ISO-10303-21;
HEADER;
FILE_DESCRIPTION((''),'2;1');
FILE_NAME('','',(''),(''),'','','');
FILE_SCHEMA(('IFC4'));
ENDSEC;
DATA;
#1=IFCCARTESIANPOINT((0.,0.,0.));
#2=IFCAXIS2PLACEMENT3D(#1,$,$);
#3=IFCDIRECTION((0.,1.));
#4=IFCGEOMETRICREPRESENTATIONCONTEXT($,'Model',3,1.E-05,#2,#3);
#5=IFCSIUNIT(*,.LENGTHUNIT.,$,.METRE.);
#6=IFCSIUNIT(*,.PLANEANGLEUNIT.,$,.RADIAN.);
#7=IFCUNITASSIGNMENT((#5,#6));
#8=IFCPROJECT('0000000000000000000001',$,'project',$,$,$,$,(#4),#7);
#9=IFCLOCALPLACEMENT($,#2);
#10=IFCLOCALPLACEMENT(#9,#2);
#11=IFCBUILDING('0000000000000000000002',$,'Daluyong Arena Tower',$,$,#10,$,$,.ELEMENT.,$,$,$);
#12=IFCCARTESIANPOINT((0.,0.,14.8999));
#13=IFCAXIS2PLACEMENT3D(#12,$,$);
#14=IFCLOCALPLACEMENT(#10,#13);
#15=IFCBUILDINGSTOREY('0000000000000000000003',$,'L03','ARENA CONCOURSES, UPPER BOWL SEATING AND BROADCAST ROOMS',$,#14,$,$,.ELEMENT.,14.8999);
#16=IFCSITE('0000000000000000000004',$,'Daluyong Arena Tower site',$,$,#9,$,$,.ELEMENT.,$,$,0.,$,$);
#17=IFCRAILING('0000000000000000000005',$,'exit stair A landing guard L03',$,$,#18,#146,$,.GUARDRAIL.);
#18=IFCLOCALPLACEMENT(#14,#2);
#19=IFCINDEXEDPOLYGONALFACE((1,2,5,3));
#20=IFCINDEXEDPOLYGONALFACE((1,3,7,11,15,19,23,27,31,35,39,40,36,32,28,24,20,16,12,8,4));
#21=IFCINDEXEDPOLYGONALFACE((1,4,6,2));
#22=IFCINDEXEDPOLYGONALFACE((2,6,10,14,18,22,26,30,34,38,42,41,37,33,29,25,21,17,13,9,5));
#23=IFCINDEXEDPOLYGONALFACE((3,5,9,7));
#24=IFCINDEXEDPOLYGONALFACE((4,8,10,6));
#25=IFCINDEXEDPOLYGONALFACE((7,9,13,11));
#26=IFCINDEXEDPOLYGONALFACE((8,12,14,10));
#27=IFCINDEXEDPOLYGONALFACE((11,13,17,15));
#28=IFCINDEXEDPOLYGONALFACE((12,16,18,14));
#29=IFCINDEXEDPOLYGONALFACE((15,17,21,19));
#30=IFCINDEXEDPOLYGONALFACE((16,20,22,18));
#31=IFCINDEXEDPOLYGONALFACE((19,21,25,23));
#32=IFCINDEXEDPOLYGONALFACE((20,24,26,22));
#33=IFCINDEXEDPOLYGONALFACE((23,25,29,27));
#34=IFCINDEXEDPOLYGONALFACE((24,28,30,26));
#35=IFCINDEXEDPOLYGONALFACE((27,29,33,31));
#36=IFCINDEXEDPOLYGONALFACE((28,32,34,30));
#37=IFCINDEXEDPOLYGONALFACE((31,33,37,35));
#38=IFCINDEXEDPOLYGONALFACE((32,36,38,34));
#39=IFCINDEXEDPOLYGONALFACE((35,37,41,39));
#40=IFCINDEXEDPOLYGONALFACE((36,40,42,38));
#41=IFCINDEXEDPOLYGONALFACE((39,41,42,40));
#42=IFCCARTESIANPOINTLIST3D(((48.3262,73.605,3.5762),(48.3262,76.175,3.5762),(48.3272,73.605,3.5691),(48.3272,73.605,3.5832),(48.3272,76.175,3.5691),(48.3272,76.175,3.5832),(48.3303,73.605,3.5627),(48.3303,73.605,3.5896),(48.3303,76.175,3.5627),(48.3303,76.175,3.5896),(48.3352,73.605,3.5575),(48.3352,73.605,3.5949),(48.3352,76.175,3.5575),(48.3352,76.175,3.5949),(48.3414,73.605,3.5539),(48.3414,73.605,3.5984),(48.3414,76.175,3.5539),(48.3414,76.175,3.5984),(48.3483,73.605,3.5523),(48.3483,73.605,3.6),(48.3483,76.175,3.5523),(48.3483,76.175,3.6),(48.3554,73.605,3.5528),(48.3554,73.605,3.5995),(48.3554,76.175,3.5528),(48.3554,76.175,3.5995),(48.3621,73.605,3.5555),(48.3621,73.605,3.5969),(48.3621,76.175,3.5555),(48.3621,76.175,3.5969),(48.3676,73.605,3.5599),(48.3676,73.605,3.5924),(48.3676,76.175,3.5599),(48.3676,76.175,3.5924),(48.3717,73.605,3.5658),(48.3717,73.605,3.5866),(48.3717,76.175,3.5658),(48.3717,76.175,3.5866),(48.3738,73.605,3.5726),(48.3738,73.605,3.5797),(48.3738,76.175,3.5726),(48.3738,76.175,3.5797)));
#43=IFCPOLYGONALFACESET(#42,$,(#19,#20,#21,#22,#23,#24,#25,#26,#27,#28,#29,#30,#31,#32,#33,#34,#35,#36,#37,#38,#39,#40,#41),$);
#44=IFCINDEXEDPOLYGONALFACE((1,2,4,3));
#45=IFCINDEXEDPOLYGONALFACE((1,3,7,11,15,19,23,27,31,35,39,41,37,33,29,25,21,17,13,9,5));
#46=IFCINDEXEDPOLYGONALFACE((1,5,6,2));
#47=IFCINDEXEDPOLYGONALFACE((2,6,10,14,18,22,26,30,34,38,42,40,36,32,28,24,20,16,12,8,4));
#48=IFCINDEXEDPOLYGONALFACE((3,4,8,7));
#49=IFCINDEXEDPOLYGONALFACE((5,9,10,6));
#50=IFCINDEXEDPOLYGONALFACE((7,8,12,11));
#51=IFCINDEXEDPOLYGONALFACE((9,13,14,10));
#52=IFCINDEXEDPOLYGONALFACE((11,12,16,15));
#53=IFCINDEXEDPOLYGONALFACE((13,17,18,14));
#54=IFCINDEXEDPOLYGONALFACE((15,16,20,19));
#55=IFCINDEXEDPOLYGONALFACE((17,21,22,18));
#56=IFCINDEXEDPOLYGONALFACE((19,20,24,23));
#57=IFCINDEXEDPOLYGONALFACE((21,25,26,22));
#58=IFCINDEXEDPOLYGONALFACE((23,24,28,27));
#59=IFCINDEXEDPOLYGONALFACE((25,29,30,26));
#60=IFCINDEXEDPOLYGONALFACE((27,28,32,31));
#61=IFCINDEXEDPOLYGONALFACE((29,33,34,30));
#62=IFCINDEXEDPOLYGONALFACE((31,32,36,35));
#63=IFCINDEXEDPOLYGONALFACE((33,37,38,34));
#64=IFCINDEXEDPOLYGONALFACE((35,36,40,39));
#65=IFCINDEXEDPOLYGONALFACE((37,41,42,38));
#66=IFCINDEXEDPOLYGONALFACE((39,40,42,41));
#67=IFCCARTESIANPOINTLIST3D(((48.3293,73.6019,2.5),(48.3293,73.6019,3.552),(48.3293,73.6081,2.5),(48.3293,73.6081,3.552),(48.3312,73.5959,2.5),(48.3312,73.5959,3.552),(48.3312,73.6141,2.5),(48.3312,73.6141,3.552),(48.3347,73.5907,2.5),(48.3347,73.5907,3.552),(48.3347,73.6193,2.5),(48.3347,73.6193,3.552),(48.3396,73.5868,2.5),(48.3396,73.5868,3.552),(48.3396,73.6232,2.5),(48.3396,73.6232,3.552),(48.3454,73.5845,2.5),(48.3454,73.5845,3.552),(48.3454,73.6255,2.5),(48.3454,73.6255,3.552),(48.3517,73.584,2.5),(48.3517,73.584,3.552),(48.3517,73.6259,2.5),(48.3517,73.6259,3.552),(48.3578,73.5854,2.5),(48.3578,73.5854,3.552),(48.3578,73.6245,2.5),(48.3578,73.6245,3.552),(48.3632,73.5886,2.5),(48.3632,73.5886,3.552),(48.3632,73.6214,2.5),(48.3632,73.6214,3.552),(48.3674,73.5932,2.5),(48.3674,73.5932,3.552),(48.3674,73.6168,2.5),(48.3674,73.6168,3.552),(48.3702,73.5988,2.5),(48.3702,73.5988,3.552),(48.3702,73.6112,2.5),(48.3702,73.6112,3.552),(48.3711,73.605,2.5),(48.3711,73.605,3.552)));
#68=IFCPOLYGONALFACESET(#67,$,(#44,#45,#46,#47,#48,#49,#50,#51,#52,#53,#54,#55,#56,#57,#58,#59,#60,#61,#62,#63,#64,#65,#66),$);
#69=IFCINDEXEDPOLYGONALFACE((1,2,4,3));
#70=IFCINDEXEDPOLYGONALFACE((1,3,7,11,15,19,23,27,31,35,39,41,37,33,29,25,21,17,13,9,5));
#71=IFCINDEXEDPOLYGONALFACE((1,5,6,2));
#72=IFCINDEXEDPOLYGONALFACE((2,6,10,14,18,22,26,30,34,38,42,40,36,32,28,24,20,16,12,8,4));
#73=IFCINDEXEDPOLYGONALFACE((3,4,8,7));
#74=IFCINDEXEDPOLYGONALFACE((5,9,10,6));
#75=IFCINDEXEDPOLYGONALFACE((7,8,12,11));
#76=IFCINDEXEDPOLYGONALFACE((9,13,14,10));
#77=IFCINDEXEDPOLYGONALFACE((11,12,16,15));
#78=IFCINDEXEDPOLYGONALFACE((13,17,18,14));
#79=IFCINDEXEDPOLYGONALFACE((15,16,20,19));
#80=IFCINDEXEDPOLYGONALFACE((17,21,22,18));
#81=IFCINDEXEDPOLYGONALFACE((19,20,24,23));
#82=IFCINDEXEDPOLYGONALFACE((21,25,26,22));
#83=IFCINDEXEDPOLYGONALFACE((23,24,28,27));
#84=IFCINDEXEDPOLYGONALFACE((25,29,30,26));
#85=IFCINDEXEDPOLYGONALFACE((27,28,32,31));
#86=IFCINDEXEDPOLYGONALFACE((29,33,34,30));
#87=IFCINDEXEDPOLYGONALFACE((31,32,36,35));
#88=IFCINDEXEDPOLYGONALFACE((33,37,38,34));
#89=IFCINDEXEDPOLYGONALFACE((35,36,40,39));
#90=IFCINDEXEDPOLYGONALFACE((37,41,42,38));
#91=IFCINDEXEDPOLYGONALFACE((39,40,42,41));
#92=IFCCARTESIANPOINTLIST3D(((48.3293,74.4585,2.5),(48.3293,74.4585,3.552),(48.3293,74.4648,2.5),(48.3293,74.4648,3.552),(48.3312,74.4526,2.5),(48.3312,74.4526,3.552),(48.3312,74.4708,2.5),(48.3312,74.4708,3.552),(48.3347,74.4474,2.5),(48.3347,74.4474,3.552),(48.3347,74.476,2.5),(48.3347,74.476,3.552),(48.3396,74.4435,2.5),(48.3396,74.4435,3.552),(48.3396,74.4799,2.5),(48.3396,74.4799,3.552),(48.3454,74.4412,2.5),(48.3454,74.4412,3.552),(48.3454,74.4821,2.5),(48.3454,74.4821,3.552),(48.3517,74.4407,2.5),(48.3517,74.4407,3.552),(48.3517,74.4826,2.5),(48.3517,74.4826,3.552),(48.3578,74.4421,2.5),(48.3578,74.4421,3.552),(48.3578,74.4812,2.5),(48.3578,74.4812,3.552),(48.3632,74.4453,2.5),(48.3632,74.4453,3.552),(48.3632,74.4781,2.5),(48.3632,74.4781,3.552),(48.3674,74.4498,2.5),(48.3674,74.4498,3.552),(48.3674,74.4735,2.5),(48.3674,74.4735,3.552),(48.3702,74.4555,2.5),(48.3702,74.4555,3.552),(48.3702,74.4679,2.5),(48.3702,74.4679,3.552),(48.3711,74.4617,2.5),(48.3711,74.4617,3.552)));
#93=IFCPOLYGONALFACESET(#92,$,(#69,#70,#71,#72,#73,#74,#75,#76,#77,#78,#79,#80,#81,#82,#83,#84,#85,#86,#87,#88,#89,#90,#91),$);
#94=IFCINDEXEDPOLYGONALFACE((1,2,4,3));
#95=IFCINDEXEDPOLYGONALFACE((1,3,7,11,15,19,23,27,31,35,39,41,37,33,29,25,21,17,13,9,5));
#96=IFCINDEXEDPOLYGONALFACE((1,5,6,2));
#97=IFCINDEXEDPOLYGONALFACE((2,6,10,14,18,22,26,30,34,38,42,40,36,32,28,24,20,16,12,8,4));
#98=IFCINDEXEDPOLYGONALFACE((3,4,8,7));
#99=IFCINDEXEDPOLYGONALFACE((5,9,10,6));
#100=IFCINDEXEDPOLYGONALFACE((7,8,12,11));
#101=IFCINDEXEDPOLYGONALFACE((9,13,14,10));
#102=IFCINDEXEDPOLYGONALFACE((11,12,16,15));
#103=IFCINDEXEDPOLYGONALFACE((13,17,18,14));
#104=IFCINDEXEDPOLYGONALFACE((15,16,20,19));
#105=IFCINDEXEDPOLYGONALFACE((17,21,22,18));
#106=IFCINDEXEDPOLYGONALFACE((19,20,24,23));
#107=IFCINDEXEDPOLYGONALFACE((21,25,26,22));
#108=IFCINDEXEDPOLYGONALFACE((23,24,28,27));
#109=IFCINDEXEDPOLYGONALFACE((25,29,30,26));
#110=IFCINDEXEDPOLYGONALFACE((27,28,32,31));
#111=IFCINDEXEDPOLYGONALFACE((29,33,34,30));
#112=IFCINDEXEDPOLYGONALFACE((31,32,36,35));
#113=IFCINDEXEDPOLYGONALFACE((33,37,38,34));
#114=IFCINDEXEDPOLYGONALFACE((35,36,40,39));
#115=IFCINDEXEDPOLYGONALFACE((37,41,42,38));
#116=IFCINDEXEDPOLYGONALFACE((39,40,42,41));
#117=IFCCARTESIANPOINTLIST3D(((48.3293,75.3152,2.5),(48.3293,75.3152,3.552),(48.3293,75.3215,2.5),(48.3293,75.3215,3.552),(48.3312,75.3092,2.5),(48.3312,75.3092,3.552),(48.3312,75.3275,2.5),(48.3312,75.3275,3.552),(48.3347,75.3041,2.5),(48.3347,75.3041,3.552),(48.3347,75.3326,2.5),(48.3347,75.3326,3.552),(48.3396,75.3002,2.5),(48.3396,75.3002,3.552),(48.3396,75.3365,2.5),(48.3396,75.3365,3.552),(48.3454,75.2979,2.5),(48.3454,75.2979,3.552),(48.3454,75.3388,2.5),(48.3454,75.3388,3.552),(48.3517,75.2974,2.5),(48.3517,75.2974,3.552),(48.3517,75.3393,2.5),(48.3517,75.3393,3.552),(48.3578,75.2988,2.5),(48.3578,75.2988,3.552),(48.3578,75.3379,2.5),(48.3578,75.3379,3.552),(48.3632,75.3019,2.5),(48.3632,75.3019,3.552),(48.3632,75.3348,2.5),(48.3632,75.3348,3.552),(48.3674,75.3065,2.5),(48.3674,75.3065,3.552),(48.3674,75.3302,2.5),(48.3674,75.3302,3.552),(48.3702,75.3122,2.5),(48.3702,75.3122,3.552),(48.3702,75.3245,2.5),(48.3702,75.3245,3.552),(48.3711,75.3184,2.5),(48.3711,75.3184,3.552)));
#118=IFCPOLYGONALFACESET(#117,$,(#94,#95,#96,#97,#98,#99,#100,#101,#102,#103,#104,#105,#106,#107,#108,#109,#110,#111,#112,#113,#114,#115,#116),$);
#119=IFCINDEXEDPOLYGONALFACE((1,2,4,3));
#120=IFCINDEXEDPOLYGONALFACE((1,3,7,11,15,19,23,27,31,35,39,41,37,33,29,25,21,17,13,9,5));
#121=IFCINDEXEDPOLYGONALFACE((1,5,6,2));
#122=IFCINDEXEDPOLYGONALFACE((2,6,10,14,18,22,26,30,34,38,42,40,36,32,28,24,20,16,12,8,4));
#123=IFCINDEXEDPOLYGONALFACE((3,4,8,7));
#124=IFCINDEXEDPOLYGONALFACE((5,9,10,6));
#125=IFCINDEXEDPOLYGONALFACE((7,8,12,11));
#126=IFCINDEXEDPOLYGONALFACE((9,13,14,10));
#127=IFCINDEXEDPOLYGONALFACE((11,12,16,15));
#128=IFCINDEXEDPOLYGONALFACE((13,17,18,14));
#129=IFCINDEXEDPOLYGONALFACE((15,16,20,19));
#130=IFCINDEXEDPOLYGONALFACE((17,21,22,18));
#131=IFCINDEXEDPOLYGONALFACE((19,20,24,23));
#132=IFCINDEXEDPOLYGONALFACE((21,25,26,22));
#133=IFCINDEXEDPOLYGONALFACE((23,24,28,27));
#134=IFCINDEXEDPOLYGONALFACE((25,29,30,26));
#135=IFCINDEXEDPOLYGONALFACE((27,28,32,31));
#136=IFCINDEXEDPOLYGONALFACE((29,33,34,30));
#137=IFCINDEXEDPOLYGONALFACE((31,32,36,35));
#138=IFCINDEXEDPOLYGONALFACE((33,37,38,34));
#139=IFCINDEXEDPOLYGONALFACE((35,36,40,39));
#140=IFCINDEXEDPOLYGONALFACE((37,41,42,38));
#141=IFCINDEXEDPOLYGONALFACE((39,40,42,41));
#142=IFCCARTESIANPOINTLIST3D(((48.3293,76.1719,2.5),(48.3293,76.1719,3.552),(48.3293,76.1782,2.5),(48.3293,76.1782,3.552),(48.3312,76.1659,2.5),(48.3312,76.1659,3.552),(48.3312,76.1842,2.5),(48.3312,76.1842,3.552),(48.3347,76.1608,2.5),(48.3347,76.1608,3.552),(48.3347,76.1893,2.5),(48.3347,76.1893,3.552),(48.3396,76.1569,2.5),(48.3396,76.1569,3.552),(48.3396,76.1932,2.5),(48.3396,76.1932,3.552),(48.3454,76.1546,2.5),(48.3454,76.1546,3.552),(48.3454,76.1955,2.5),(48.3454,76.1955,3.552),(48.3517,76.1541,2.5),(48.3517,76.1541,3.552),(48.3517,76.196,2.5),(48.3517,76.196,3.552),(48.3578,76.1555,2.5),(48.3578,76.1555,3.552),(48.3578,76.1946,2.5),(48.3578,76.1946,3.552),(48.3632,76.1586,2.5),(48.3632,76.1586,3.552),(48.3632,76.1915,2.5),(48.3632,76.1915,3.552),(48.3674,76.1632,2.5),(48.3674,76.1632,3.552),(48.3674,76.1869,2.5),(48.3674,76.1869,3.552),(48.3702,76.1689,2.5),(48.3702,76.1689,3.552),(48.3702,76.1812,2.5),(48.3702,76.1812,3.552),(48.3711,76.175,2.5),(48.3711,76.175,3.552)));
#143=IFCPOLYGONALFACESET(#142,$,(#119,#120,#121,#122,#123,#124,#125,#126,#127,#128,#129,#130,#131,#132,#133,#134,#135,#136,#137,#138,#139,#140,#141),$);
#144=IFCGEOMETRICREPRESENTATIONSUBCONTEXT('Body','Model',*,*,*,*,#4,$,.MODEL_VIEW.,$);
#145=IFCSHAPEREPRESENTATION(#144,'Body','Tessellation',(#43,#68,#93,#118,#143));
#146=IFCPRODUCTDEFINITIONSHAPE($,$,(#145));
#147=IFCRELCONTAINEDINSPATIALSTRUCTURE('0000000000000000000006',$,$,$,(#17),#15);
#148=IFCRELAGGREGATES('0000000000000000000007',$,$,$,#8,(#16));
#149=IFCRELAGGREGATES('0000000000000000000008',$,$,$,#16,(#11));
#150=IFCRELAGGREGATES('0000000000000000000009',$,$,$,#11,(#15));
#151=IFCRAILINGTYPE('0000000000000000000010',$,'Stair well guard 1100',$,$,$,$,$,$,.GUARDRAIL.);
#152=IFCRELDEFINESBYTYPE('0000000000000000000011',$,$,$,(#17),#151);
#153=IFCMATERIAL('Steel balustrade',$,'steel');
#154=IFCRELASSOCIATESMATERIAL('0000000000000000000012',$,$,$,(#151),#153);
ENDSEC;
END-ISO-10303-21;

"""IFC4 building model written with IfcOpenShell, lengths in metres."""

from ifc_helpers import new_model, si_unit, direction, frame, origin, origin_2d, place, context, subcontext, project, spatial, circle, extrude, material, type_object, element, save


model = new_model("IFC4")

# Units and contexts
model_context = context("Model", 3, precision=1e-05, world=origin(), true_north=direction((0.0, 1.0)))
body_context = subcontext(model_context, "Body", "Model", "MODEL_VIEW")
ifc_project = project(units=[si_unit("LENGTHUNIT", "METRE"), si_unit("PLANEANGLEUNIT", "RADIAN")], contexts=[model_context])

# Site, building, storey
site_placement = place(None, origin())
site = spatial("IfcSite", under=ifc_project, at=site_placement, Name="Daluyong Arena Tower site", CompositionType="ELEMENT", RefElevation=0.0)
building_placement = place(site_placement, origin())
building = spatial("IfcBuilding", under=site, at=building_placement, Name="Daluyong Arena Tower", CompositionType="ELEMENT")
storey_placement = place(building_placement, frame((0.0, 0.0, 14.8999)))
storey = spatial("IfcBuildingStorey", under=building, at=storey_placement, Name="L03", Description="ARENA CONCOURSES, UPPER BOWL SEATING AND BROADCAST ROOMS", CompositionType="ELEMENT", Elevation=14.8999)

# Railing
ifc_material_1 = material(Name="Steel balustrade", Category="steel")
railing_type_1 = type_object("IfcRailingType", Name="Stair well guard 1100", PredefinedType="GUARDRAIL", material=ifc_material_1)
railing_placement = place(storey_placement, frame((48.3501, 73.605, 2.5)))
element("IfcRailing", 1, at=railing_placement, inside=storey, type_object=railing_type_1, Name="exit stair A landing guard L03", PredefinedType="GUARDRAIL", context=body_context, shape_type="SweptSolid", body=[
    extrude(circle(Radius=0.0239, at=origin_2d()), frame((0.0, 0.0, 1.0762), z_axis=(0.0, 1.0, 0.0), x_axis=(-1.0, 0.0, 0.0)), (0.0, 0.0, 1.0), 2.5701),
    extrude(circle(Radius=0.021, at=origin_2d()), origin(), (0.0, 0.0, 1.0), 1.052),
    extrude(circle(Radius=0.021, at=origin_2d()), frame((0.0, 0.8567, 0.0)), (0.0, 0.0, 1.0), 1.052),
    extrude(circle(Radius=0.021, at=origin_2d()), frame((0.0, 1.7134, 0.0)), (0.0, 0.0, 1.0), 1.052),
    extrude(circle(Radius=0.021, at=origin_2d()), frame((0.0, 2.5701, 0.0)), (0.0, 0.0, 1.0), 1.052),
])

save(model, "model.ifc")
